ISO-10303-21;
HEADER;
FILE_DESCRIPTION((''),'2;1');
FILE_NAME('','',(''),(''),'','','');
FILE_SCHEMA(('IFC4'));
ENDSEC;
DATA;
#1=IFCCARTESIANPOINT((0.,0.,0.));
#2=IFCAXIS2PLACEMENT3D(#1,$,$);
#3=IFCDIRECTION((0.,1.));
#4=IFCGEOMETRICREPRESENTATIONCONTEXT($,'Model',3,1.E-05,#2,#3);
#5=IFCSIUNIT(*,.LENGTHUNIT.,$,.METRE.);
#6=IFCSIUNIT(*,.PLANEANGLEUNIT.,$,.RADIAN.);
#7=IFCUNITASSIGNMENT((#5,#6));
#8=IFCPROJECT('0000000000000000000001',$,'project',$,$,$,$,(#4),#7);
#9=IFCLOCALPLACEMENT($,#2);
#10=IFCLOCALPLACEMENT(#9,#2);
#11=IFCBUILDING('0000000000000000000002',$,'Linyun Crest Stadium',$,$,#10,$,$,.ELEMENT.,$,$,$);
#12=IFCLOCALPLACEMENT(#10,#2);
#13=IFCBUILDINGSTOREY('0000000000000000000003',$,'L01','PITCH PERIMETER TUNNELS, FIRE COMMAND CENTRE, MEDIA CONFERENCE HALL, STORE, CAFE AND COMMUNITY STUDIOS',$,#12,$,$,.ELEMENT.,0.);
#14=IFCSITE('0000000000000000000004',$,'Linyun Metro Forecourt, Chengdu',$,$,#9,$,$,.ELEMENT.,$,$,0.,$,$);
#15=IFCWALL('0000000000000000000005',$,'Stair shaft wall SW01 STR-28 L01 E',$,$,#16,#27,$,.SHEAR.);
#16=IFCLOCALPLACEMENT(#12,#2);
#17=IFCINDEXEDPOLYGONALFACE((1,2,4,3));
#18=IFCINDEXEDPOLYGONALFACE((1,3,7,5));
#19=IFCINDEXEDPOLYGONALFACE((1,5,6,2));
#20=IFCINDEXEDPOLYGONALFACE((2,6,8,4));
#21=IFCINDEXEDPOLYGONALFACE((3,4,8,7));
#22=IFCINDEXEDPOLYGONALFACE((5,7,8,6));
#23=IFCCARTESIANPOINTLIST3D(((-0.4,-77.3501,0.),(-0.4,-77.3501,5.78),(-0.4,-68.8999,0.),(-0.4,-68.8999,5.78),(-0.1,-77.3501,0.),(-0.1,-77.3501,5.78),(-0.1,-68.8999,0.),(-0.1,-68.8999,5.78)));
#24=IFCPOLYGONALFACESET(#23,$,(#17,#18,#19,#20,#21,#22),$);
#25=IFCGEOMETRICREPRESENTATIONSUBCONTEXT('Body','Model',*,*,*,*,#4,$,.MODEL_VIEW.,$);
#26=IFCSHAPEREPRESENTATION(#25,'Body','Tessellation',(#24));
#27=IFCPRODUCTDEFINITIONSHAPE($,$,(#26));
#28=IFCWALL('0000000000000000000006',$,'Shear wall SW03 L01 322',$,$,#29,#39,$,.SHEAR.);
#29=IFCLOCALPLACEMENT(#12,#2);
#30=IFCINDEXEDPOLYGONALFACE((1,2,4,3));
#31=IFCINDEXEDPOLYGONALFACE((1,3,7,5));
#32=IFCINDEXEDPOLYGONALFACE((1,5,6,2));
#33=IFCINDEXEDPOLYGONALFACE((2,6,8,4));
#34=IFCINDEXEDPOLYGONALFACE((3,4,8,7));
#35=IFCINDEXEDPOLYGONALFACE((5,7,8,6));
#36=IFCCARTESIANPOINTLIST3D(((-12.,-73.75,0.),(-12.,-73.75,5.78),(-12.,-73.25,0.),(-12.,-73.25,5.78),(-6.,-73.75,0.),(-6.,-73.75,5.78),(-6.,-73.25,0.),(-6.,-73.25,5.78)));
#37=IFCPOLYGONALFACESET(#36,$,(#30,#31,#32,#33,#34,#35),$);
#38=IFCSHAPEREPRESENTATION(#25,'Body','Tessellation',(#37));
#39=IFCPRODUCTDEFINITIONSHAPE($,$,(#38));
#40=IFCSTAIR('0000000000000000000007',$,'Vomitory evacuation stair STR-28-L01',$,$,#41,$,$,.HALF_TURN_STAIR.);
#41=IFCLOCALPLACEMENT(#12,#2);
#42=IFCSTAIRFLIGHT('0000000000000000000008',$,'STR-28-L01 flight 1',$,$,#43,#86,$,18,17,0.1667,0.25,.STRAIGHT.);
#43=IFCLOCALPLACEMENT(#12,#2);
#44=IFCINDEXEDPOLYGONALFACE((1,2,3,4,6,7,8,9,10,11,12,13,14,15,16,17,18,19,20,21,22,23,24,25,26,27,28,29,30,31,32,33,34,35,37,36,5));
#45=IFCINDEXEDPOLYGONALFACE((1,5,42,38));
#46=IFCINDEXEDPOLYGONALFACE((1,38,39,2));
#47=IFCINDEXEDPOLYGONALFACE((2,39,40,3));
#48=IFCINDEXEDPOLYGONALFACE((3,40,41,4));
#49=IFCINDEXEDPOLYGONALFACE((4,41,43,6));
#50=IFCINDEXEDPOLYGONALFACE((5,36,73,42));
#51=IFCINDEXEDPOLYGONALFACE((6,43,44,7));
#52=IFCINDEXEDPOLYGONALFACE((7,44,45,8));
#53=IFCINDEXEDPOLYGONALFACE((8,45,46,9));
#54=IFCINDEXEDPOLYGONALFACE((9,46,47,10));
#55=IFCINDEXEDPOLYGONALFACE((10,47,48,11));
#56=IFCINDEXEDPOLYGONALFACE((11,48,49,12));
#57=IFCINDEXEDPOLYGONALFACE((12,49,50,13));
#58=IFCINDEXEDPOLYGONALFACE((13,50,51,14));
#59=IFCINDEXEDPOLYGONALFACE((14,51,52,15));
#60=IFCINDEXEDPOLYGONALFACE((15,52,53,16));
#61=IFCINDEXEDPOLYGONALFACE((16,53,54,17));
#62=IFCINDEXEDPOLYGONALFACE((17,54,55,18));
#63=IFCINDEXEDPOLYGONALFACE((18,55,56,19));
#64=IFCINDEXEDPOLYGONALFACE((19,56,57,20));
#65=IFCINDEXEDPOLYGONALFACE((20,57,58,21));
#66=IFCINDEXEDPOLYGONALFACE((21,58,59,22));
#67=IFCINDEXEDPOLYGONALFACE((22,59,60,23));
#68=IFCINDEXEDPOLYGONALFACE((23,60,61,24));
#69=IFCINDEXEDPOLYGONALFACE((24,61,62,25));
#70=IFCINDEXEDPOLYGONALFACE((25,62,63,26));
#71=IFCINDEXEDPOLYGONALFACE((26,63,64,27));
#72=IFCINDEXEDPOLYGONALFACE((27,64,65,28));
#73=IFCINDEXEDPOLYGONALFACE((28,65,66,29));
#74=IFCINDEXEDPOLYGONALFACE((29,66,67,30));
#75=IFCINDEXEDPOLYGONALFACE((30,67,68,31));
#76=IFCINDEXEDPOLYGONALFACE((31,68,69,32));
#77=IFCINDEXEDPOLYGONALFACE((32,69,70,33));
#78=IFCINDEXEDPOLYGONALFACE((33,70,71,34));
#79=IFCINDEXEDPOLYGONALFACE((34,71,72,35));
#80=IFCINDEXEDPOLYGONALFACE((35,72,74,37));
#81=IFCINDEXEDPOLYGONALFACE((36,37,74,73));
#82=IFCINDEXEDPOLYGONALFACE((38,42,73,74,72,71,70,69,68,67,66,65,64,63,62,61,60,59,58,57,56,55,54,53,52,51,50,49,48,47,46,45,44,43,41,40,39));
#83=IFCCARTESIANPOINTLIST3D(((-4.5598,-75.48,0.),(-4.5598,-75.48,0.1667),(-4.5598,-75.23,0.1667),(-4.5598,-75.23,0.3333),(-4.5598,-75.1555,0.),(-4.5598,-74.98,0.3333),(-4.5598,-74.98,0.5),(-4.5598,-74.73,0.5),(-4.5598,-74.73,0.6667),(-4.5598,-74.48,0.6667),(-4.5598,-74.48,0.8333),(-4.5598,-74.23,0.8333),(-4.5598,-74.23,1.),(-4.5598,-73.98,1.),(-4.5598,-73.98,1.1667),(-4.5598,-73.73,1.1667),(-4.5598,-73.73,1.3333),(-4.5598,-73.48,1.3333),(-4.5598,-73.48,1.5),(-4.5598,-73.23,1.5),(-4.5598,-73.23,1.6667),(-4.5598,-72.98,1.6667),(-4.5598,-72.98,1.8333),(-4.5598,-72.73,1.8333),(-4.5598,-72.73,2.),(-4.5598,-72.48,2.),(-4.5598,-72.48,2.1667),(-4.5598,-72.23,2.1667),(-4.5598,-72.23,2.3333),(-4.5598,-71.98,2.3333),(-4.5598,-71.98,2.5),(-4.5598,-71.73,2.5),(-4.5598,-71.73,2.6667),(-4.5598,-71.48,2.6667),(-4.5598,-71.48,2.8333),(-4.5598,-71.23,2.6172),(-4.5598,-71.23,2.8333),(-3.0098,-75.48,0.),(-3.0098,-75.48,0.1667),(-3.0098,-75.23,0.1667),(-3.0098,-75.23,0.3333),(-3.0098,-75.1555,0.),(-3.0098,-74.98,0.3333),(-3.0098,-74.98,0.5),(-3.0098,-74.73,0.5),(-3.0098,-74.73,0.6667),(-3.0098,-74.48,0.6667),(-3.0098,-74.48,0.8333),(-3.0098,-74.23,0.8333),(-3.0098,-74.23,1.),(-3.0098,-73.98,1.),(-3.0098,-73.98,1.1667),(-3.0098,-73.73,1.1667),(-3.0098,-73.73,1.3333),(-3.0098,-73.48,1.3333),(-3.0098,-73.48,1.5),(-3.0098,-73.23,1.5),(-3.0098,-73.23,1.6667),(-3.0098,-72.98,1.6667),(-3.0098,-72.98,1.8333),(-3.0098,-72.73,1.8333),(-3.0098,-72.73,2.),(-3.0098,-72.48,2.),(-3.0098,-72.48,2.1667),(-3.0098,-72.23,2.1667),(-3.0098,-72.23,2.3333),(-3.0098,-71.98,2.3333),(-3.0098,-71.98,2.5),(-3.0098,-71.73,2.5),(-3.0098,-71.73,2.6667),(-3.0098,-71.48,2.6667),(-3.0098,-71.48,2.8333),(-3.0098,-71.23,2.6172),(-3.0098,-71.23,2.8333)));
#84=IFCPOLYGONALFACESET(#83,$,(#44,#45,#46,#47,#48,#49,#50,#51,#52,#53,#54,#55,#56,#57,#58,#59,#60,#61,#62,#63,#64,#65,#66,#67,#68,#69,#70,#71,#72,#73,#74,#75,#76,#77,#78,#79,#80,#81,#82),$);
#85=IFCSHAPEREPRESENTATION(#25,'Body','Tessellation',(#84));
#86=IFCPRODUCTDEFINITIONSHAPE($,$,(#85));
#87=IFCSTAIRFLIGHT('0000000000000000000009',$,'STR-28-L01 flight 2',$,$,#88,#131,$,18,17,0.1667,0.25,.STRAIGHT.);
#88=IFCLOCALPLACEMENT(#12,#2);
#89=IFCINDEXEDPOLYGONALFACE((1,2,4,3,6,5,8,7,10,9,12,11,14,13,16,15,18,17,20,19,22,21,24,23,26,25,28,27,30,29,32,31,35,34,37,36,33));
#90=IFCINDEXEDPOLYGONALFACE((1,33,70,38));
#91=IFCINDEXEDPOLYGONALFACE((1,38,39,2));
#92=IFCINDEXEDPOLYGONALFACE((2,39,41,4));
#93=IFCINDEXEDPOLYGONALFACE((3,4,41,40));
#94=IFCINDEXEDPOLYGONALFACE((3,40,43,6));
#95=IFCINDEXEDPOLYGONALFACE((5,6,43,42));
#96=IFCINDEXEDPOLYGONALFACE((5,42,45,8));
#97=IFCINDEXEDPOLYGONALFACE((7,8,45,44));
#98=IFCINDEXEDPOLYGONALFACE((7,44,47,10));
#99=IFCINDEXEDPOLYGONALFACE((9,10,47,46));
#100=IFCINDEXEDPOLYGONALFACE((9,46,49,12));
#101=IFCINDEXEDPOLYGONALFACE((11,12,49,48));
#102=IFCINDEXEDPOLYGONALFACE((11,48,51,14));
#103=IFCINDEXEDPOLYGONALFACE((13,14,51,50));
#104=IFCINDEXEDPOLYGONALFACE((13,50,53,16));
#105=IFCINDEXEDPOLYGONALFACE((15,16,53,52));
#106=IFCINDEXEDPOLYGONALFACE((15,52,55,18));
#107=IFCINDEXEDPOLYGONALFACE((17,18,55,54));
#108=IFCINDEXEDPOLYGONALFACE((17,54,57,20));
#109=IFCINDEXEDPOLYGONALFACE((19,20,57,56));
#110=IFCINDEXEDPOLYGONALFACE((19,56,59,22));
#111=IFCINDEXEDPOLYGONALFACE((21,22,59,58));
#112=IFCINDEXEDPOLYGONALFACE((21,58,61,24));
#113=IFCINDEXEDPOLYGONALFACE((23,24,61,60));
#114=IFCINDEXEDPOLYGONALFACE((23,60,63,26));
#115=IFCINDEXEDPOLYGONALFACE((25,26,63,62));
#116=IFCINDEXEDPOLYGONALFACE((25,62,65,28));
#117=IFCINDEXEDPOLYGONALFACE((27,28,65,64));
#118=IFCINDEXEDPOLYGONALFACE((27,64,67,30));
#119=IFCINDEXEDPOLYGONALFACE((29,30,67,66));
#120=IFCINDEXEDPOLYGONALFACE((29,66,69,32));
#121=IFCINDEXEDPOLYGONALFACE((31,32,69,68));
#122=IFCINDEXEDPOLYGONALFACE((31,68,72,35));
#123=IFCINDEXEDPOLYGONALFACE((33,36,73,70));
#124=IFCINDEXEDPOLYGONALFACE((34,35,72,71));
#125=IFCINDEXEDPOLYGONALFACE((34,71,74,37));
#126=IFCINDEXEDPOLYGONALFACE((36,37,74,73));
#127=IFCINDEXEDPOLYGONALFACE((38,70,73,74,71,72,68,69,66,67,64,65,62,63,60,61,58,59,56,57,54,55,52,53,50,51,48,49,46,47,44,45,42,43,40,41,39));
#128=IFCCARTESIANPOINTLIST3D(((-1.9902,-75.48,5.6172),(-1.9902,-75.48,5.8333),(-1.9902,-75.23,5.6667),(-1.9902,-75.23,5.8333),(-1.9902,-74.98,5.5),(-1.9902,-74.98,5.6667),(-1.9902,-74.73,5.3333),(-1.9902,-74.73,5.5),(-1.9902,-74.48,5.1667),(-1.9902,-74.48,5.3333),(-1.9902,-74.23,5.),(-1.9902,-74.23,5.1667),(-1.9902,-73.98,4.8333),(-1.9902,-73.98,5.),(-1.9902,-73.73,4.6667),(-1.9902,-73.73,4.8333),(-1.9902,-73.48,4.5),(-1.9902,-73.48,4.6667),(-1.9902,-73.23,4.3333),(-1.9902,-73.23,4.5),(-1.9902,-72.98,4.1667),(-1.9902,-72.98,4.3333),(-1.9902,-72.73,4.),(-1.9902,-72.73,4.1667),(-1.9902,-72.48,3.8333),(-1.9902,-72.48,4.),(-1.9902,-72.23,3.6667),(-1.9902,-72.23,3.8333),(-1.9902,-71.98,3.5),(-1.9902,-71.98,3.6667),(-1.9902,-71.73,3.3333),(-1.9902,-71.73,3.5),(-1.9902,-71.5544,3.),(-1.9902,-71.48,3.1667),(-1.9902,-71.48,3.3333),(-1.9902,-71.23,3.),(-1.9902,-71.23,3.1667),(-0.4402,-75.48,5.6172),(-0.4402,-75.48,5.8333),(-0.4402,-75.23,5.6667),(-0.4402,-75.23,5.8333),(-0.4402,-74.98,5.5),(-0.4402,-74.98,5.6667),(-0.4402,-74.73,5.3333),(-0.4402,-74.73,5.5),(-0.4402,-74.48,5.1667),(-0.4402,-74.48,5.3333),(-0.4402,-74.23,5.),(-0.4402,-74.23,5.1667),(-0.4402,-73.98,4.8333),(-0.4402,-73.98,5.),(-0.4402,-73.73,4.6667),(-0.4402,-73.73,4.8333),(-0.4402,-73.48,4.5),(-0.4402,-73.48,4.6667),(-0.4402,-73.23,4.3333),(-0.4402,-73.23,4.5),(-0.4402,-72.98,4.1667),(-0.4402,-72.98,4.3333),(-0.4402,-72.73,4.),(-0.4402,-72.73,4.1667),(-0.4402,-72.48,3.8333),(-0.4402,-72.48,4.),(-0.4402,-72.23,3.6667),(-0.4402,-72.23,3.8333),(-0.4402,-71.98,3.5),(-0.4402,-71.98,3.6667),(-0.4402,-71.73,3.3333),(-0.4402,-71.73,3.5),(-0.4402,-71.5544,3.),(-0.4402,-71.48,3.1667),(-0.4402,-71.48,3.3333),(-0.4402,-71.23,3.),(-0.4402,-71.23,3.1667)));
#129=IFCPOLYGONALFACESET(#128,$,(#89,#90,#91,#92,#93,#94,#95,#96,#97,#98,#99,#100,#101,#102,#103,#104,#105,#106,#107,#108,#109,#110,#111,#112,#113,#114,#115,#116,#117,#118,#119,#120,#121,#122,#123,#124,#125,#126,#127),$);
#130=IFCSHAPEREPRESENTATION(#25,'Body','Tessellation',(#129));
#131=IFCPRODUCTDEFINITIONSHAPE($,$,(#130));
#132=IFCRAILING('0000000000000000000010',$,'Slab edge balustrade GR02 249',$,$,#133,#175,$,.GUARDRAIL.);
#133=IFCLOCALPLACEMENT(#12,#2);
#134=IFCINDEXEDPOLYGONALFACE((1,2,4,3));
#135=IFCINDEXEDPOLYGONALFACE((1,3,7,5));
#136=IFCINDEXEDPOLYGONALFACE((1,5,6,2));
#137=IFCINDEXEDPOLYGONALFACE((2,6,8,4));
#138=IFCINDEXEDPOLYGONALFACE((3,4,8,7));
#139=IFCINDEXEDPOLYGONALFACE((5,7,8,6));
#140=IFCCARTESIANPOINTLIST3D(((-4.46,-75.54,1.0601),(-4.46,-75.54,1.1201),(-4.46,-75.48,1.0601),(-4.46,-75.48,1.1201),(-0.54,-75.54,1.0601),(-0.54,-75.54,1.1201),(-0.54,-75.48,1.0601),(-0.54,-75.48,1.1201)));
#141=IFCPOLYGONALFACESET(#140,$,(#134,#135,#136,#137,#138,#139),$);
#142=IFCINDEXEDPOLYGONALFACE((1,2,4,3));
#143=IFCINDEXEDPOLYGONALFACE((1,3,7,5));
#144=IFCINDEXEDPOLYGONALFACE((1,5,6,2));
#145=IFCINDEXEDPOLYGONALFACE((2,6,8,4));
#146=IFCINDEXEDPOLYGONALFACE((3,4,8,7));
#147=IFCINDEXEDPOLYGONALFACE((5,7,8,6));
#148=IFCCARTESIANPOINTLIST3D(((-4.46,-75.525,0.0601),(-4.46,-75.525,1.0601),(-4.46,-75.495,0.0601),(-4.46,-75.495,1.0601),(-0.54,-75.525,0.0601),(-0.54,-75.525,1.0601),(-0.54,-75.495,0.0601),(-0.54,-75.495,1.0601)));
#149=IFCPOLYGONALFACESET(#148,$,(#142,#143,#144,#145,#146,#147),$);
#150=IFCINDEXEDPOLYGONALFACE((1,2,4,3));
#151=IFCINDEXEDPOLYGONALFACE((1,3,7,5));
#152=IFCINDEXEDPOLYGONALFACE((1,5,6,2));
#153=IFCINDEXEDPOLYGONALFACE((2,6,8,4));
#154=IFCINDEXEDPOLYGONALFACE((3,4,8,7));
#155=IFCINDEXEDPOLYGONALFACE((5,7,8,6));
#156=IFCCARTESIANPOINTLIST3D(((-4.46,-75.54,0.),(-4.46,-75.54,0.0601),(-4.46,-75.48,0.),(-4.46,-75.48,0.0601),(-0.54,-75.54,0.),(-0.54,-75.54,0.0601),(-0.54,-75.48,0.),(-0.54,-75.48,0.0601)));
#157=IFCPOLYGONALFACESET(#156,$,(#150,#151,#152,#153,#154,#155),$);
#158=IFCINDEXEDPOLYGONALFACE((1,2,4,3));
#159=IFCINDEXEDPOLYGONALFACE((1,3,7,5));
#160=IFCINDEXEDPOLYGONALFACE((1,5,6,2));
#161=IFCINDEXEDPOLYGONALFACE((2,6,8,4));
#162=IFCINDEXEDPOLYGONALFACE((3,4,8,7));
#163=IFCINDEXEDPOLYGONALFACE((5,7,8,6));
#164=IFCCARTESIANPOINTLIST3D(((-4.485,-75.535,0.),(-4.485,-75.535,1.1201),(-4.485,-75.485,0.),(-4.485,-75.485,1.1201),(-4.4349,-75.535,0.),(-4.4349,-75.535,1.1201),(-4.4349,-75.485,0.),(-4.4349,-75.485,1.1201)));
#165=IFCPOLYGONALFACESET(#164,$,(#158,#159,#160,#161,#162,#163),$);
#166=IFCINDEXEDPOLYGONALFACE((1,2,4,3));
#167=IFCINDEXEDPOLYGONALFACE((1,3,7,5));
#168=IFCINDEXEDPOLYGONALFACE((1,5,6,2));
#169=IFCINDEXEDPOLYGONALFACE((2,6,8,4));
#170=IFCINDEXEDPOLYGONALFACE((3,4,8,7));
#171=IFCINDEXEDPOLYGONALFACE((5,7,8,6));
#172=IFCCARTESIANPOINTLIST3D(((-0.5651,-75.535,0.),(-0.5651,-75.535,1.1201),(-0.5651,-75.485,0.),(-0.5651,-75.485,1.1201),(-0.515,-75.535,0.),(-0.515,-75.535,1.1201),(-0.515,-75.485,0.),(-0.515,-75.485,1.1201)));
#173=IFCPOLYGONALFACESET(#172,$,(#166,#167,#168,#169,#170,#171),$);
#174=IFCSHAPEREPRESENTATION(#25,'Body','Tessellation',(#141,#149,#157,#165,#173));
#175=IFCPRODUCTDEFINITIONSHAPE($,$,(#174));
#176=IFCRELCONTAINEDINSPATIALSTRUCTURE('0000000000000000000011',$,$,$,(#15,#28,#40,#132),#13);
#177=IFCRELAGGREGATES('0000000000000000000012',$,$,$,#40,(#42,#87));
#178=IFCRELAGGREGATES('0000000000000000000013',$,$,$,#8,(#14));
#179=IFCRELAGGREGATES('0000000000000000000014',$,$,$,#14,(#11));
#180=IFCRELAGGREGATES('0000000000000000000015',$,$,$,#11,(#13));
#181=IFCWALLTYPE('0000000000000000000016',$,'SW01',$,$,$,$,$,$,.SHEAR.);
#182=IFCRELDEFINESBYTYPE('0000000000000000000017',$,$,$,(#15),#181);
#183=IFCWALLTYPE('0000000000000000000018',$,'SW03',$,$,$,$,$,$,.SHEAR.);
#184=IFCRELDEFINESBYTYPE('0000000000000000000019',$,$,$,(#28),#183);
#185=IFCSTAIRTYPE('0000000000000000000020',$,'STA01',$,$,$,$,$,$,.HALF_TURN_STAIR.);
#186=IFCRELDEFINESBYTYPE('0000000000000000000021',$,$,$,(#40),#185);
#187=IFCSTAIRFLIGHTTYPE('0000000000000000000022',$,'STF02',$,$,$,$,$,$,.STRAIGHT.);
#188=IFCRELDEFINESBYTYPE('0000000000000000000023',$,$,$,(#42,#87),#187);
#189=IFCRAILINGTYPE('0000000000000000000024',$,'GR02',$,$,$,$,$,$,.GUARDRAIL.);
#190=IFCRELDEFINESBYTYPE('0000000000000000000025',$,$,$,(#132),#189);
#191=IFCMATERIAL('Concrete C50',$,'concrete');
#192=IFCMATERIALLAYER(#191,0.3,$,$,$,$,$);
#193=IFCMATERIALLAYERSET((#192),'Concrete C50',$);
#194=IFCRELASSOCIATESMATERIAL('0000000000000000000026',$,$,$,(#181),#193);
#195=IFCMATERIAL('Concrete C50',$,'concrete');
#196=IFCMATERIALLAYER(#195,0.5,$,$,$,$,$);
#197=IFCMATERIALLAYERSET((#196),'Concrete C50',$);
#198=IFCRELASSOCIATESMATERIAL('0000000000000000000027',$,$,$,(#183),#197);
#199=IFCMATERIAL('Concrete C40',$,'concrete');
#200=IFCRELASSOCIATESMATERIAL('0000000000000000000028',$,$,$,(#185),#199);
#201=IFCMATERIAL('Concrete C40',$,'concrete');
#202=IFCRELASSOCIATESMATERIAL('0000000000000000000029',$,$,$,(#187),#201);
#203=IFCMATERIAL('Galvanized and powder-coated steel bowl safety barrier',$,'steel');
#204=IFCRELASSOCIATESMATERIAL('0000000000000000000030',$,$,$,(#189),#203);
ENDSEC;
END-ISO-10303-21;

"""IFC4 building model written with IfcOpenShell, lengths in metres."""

from ifc_helpers import new_model, si_unit, direction, frame, frame_2d, origin, origin_2d, place, context, subcontext, project, spatial, polyline, rectangle, outline, extrude, material, layer, layer_set, type_object, element, aggregate, save


model = new_model("IFC4")

# Units and contexts
model_context = context("Model", 3, precision=1e-05, world=origin(), true_north=direction((0.0, 1.0)))
body_context = subcontext(model_context, "Body", "Model", "MODEL_VIEW")
ifc_project = project(units=[si_unit("LENGTHUNIT", "METRE"), si_unit("PLANEANGLEUNIT", "RADIAN")], contexts=[model_context])

# Site, building, storey
site_placement = place(None, origin())
site = spatial("IfcSite", under=ifc_project, at=site_placement, Name="Linyun Metro Forecourt, Chengdu", CompositionType="ELEMENT", RefElevation=0.0)
building_placement = place(site_placement, origin())
building = spatial("IfcBuilding", under=site, at=building_placement, Name="Linyun Crest Stadium", CompositionType="ELEMENT")
storey_placement = place(building_placement, origin())
storey = spatial("IfcBuildingStorey", under=building, at=storey_placement, Name="L01", Description="PITCH PERIMETER TUNNELS, FIRE COMMAND CENTRE, MEDIA CONFERENCE HALL, STORE, CAFE AND COMMUNITY STUDIOS", CompositionType="ELEMENT", Elevation=0.0)

# Shared definitions
ifc_material_1 = material(Name="Concrete C50", Category="concrete")
ifc_layer_1 = layer(ifc_material_1, 0.3)
ifc_layer_set_1 = layer_set([ifc_layer_1], Name="Concrete C50")
wall_type_1 = type_object("IfcWallType", Name="SW01", PredefinedType="SHEAR", material=ifc_layer_set_1)

# Walls
for number, where, z_axis, x_axis, name in (
    (1, (-0.25, -77.3501, 0.0), (0.0, 0.0, 1.0), (0.0, 1.0, 0.0), "Stair shaft wall SW01 STR-28 L01 E"),
):
    element("IfcWall", number, at=place(storey_placement, frame(where, z_axis=z_axis, x_axis=x_axis)), inside=storey, type_object=wall_type_1, Name=name, PredefinedType="SHEAR", context=body_context, shape_type="SweptSolid", body=[
        extrude(rectangle(XDim=8.4502, YDim=0.3, at=frame_2d((4.2251, 0.0))), origin(), (0.0, 0.0, 1.0), 5.78),
    ])
ifc_material_2 = material(Name="Concrete C50", Category="concrete")
ifc_layer_2 = layer(ifc_material_2, 0.5)
ifc_layer_set_2 = layer_set([ifc_layer_2], Name="Concrete C50")
wall_type_2 = type_object("IfcWallType", Name="SW03", PredefinedType="SHEAR", material=ifc_layer_set_2)
wall_1_placement = place(storey_placement, frame((-12.0, -73.5, 0.0), z_axis=(0.0, 0.0, 1.0), x_axis=(1.0, 0.0, 0.0)))
element("IfcWall", 2, at=wall_1_placement, inside=storey, type_object=wall_type_2, Name="Shear wall SW03 L01 322", PredefinedType="SHEAR", context=body_context, shape_type="SweptSolid", body=[
    extrude(rectangle(XDim=6.0, YDim=0.5, at=frame_2d((3.0, 0.0))), origin(), (0.0, 0.0, 1.0), 5.78),
])

# Stair, stair flights
ifc_material_3 = material(Name="Concrete C40", Category="concrete")
stair_type = type_object("IfcStairType", Name="STA01", PredefinedType="HALF_TURN_STAIR", material=ifc_material_3)
stair_placement = place(storey_placement, origin())
stair = element("IfcStair", 3, at=stair_placement, inside=storey, type_object=stair_type, Name="Vomitory evacuation stair STR-28-L01", PredefinedType="HALF_TURN_STAIR")
ifc_material_4 = material(Name="Concrete C40", Category="concrete")
stair_flight_type = type_object("IfcStairFlightType", Name="STF02", PredefinedType="STRAIGHT", material=ifc_material_4)
stair_flight_1_placement = place(storey_placement, frame((-3.7849, -75.48, 0.0), z_axis=(0.0, 0.0, 1.0), x_axis=(0.0, 1.0, 0.0)))
stair_flight_1 = element("IfcStairFlight", 4, at=stair_flight_1_placement, type_object=stair_flight_type, Name="STR-28-L01 flight 1", NumberOfRisers=18, NumberOfTreads=17, PredefinedType="STRAIGHT", RiserHeight=0.1667, TreadLength=0.25, context=body_context, shape_type="SweptSolid", body=[
    extrude(outline(polyline([(0.0, 0.0), (0.0, 0.1667), (0.25, 0.1667), (0.25, 0.3333), (0.5, 0.3333), (0.5, 0.5), (0.75, 0.5), (0.75, 0.6667), (1.0, 0.6667), (1.0, 0.8333), (1.25, 0.8333), (1.25, 1.0), (1.5, 1.0), (1.5, 1.1667), (1.75, 1.1667), (1.75, 1.3333), (2.0, 1.3333), (2.0, 1.5), (2.25, 1.5), (2.25, 1.6667), (2.5, 1.6667), (2.5, 1.8333), (2.75, 1.8333), (2.75, 2.0), (3.0, 2.0), (3.0, 2.1667), (3.25, 2.1667), (3.25, 2.3333), (3.5, 2.3333), (3.5, 2.5), (3.75, 2.5), (3.75, 2.6667), (4.0, 2.6667), (4.0, 2.8333), (4.25, 2.8333), (4.25, 3.0), (4.25, 2.6172), (0.3245, 0.0), (0.0, 0.0)])), frame((0.0, 0.7749, 0.0), z_axis=(0.0, -1.0, 0.0), x_axis=(1.0, 0.0, 0.0)), (0.0, 0.0, 1.0), 1.55),
])
stair_flight_2_placement = place(storey_placement, frame((-1.2151, -71.23, 3.0), z_axis=(0.0, 0.0, 1.0), x_axis=(0.0, -1.0, 0.0)))
stair_flight_2 = element("IfcStairFlight", 5, at=stair_flight_2_placement, type_object=stair_flight_type, Name="STR-28-L01 flight 2", NumberOfRisers=18, NumberOfTreads=17, PredefinedType="STRAIGHT", RiserHeight=0.1667, TreadLength=0.25, context=body_context, shape_type="SweptSolid", body=[
    extrude(outline(polyline([(0.0, 0.0), (0.0, 0.1667), (0.25, 0.1667), (0.25, 0.3333), (0.5, 0.3333), (0.5, 0.5), (0.75, 0.5), (0.75, 0.6667), (1.0, 0.6667), (1.0, 0.8333), (1.25, 0.8333), (1.25, 1.0), (1.5, 1.0), (1.5, 1.1667), (1.75, 1.1667), (1.75, 1.3333), (2.0, 1.3333), (2.0, 1.5), (2.25, 1.5), (2.25, 1.6667), (2.5, 1.6667), (2.5, 1.8333), (2.75, 1.8333), (2.75, 2.0), (3.0, 2.0), (3.0, 2.1667), (3.25, 2.1667), (3.25, 2.3333), (3.5, 2.3333), (3.5, 2.5), (3.75, 2.5), (3.75, 2.6667), (4.0, 2.6667), (4.0, 2.8333), (4.25, 2.8333), (4.25, 3.0), (4.25, 2.6172), (0.3245, 0.0), (0.0, 0.0)])), frame((0.0, 0.7749, 0.0), z_axis=(0.0, -1.0, 0.0), x_axis=(1.0, 0.0, 0.0)), (0.0, 0.0, 1.0), 1.55),
])
aggregate(stair, [stair_flight_1, stair_flight_2])

# Railing
ifc_material_5 = material(Name="Galvanized and powder-coated steel bowl safety barrier", Category="steel")
railing_type_1 = type_object("IfcRailingType", Name="GR02", PredefinedType="GUARDRAIL", material=ifc_material_5)
railing_1_placement = place(storey_placement, frame((-4.46, -75.51, 0.0)))
element("IfcRailing", 6, at=railing_1_placement, inside=storey, type_object=railing_type_1, Name="Slab edge balustrade GR02 249", PredefinedType="GUARDRAIL", context=body_context, shape_type="SweptSolid", body=[
    extrude(rectangle(XDim=0.0601, YDim=0.0601, at=origin_2d()), frame((0.0, 0.0, 1.0901), z_axis=(1.0, 0.0, 0.0), x_axis=(0.0, 1.0, 0.0)), (0.0, 0.0, 1.0), 3.9199),
    extrude(rectangle(XDim=0.03, YDim=1.0, at=origin_2d()), frame((0.0, 0.0, 0.5601), z_axis=(1.0, 0.0, 0.0), x_axis=(0.0, 1.0, 0.0)), (0.0, 0.0, 1.0), 3.9199),
    extrude(rectangle(XDim=0.0601, YDim=0.0601, at=origin_2d()), frame((0.0, 0.0, 0.03), z_axis=(1.0, 0.0, 0.0), x_axis=(0.0, 1.0, 0.0)), (0.0, 0.0, 1.0), 3.9199),
    extrude(rectangle(XDim=0.05, YDim=0.05, at=origin_2d()), origin(), (0.0, 0.0, 1.0), 1.1201),
    extrude(rectangle(XDim=0.05, YDim=0.05, at=origin_2d()), frame((3.9199, 0.0, 0.0)), (0.0, 0.0, 1.0), 1.1201),
])

save(model, "model.ifc")
